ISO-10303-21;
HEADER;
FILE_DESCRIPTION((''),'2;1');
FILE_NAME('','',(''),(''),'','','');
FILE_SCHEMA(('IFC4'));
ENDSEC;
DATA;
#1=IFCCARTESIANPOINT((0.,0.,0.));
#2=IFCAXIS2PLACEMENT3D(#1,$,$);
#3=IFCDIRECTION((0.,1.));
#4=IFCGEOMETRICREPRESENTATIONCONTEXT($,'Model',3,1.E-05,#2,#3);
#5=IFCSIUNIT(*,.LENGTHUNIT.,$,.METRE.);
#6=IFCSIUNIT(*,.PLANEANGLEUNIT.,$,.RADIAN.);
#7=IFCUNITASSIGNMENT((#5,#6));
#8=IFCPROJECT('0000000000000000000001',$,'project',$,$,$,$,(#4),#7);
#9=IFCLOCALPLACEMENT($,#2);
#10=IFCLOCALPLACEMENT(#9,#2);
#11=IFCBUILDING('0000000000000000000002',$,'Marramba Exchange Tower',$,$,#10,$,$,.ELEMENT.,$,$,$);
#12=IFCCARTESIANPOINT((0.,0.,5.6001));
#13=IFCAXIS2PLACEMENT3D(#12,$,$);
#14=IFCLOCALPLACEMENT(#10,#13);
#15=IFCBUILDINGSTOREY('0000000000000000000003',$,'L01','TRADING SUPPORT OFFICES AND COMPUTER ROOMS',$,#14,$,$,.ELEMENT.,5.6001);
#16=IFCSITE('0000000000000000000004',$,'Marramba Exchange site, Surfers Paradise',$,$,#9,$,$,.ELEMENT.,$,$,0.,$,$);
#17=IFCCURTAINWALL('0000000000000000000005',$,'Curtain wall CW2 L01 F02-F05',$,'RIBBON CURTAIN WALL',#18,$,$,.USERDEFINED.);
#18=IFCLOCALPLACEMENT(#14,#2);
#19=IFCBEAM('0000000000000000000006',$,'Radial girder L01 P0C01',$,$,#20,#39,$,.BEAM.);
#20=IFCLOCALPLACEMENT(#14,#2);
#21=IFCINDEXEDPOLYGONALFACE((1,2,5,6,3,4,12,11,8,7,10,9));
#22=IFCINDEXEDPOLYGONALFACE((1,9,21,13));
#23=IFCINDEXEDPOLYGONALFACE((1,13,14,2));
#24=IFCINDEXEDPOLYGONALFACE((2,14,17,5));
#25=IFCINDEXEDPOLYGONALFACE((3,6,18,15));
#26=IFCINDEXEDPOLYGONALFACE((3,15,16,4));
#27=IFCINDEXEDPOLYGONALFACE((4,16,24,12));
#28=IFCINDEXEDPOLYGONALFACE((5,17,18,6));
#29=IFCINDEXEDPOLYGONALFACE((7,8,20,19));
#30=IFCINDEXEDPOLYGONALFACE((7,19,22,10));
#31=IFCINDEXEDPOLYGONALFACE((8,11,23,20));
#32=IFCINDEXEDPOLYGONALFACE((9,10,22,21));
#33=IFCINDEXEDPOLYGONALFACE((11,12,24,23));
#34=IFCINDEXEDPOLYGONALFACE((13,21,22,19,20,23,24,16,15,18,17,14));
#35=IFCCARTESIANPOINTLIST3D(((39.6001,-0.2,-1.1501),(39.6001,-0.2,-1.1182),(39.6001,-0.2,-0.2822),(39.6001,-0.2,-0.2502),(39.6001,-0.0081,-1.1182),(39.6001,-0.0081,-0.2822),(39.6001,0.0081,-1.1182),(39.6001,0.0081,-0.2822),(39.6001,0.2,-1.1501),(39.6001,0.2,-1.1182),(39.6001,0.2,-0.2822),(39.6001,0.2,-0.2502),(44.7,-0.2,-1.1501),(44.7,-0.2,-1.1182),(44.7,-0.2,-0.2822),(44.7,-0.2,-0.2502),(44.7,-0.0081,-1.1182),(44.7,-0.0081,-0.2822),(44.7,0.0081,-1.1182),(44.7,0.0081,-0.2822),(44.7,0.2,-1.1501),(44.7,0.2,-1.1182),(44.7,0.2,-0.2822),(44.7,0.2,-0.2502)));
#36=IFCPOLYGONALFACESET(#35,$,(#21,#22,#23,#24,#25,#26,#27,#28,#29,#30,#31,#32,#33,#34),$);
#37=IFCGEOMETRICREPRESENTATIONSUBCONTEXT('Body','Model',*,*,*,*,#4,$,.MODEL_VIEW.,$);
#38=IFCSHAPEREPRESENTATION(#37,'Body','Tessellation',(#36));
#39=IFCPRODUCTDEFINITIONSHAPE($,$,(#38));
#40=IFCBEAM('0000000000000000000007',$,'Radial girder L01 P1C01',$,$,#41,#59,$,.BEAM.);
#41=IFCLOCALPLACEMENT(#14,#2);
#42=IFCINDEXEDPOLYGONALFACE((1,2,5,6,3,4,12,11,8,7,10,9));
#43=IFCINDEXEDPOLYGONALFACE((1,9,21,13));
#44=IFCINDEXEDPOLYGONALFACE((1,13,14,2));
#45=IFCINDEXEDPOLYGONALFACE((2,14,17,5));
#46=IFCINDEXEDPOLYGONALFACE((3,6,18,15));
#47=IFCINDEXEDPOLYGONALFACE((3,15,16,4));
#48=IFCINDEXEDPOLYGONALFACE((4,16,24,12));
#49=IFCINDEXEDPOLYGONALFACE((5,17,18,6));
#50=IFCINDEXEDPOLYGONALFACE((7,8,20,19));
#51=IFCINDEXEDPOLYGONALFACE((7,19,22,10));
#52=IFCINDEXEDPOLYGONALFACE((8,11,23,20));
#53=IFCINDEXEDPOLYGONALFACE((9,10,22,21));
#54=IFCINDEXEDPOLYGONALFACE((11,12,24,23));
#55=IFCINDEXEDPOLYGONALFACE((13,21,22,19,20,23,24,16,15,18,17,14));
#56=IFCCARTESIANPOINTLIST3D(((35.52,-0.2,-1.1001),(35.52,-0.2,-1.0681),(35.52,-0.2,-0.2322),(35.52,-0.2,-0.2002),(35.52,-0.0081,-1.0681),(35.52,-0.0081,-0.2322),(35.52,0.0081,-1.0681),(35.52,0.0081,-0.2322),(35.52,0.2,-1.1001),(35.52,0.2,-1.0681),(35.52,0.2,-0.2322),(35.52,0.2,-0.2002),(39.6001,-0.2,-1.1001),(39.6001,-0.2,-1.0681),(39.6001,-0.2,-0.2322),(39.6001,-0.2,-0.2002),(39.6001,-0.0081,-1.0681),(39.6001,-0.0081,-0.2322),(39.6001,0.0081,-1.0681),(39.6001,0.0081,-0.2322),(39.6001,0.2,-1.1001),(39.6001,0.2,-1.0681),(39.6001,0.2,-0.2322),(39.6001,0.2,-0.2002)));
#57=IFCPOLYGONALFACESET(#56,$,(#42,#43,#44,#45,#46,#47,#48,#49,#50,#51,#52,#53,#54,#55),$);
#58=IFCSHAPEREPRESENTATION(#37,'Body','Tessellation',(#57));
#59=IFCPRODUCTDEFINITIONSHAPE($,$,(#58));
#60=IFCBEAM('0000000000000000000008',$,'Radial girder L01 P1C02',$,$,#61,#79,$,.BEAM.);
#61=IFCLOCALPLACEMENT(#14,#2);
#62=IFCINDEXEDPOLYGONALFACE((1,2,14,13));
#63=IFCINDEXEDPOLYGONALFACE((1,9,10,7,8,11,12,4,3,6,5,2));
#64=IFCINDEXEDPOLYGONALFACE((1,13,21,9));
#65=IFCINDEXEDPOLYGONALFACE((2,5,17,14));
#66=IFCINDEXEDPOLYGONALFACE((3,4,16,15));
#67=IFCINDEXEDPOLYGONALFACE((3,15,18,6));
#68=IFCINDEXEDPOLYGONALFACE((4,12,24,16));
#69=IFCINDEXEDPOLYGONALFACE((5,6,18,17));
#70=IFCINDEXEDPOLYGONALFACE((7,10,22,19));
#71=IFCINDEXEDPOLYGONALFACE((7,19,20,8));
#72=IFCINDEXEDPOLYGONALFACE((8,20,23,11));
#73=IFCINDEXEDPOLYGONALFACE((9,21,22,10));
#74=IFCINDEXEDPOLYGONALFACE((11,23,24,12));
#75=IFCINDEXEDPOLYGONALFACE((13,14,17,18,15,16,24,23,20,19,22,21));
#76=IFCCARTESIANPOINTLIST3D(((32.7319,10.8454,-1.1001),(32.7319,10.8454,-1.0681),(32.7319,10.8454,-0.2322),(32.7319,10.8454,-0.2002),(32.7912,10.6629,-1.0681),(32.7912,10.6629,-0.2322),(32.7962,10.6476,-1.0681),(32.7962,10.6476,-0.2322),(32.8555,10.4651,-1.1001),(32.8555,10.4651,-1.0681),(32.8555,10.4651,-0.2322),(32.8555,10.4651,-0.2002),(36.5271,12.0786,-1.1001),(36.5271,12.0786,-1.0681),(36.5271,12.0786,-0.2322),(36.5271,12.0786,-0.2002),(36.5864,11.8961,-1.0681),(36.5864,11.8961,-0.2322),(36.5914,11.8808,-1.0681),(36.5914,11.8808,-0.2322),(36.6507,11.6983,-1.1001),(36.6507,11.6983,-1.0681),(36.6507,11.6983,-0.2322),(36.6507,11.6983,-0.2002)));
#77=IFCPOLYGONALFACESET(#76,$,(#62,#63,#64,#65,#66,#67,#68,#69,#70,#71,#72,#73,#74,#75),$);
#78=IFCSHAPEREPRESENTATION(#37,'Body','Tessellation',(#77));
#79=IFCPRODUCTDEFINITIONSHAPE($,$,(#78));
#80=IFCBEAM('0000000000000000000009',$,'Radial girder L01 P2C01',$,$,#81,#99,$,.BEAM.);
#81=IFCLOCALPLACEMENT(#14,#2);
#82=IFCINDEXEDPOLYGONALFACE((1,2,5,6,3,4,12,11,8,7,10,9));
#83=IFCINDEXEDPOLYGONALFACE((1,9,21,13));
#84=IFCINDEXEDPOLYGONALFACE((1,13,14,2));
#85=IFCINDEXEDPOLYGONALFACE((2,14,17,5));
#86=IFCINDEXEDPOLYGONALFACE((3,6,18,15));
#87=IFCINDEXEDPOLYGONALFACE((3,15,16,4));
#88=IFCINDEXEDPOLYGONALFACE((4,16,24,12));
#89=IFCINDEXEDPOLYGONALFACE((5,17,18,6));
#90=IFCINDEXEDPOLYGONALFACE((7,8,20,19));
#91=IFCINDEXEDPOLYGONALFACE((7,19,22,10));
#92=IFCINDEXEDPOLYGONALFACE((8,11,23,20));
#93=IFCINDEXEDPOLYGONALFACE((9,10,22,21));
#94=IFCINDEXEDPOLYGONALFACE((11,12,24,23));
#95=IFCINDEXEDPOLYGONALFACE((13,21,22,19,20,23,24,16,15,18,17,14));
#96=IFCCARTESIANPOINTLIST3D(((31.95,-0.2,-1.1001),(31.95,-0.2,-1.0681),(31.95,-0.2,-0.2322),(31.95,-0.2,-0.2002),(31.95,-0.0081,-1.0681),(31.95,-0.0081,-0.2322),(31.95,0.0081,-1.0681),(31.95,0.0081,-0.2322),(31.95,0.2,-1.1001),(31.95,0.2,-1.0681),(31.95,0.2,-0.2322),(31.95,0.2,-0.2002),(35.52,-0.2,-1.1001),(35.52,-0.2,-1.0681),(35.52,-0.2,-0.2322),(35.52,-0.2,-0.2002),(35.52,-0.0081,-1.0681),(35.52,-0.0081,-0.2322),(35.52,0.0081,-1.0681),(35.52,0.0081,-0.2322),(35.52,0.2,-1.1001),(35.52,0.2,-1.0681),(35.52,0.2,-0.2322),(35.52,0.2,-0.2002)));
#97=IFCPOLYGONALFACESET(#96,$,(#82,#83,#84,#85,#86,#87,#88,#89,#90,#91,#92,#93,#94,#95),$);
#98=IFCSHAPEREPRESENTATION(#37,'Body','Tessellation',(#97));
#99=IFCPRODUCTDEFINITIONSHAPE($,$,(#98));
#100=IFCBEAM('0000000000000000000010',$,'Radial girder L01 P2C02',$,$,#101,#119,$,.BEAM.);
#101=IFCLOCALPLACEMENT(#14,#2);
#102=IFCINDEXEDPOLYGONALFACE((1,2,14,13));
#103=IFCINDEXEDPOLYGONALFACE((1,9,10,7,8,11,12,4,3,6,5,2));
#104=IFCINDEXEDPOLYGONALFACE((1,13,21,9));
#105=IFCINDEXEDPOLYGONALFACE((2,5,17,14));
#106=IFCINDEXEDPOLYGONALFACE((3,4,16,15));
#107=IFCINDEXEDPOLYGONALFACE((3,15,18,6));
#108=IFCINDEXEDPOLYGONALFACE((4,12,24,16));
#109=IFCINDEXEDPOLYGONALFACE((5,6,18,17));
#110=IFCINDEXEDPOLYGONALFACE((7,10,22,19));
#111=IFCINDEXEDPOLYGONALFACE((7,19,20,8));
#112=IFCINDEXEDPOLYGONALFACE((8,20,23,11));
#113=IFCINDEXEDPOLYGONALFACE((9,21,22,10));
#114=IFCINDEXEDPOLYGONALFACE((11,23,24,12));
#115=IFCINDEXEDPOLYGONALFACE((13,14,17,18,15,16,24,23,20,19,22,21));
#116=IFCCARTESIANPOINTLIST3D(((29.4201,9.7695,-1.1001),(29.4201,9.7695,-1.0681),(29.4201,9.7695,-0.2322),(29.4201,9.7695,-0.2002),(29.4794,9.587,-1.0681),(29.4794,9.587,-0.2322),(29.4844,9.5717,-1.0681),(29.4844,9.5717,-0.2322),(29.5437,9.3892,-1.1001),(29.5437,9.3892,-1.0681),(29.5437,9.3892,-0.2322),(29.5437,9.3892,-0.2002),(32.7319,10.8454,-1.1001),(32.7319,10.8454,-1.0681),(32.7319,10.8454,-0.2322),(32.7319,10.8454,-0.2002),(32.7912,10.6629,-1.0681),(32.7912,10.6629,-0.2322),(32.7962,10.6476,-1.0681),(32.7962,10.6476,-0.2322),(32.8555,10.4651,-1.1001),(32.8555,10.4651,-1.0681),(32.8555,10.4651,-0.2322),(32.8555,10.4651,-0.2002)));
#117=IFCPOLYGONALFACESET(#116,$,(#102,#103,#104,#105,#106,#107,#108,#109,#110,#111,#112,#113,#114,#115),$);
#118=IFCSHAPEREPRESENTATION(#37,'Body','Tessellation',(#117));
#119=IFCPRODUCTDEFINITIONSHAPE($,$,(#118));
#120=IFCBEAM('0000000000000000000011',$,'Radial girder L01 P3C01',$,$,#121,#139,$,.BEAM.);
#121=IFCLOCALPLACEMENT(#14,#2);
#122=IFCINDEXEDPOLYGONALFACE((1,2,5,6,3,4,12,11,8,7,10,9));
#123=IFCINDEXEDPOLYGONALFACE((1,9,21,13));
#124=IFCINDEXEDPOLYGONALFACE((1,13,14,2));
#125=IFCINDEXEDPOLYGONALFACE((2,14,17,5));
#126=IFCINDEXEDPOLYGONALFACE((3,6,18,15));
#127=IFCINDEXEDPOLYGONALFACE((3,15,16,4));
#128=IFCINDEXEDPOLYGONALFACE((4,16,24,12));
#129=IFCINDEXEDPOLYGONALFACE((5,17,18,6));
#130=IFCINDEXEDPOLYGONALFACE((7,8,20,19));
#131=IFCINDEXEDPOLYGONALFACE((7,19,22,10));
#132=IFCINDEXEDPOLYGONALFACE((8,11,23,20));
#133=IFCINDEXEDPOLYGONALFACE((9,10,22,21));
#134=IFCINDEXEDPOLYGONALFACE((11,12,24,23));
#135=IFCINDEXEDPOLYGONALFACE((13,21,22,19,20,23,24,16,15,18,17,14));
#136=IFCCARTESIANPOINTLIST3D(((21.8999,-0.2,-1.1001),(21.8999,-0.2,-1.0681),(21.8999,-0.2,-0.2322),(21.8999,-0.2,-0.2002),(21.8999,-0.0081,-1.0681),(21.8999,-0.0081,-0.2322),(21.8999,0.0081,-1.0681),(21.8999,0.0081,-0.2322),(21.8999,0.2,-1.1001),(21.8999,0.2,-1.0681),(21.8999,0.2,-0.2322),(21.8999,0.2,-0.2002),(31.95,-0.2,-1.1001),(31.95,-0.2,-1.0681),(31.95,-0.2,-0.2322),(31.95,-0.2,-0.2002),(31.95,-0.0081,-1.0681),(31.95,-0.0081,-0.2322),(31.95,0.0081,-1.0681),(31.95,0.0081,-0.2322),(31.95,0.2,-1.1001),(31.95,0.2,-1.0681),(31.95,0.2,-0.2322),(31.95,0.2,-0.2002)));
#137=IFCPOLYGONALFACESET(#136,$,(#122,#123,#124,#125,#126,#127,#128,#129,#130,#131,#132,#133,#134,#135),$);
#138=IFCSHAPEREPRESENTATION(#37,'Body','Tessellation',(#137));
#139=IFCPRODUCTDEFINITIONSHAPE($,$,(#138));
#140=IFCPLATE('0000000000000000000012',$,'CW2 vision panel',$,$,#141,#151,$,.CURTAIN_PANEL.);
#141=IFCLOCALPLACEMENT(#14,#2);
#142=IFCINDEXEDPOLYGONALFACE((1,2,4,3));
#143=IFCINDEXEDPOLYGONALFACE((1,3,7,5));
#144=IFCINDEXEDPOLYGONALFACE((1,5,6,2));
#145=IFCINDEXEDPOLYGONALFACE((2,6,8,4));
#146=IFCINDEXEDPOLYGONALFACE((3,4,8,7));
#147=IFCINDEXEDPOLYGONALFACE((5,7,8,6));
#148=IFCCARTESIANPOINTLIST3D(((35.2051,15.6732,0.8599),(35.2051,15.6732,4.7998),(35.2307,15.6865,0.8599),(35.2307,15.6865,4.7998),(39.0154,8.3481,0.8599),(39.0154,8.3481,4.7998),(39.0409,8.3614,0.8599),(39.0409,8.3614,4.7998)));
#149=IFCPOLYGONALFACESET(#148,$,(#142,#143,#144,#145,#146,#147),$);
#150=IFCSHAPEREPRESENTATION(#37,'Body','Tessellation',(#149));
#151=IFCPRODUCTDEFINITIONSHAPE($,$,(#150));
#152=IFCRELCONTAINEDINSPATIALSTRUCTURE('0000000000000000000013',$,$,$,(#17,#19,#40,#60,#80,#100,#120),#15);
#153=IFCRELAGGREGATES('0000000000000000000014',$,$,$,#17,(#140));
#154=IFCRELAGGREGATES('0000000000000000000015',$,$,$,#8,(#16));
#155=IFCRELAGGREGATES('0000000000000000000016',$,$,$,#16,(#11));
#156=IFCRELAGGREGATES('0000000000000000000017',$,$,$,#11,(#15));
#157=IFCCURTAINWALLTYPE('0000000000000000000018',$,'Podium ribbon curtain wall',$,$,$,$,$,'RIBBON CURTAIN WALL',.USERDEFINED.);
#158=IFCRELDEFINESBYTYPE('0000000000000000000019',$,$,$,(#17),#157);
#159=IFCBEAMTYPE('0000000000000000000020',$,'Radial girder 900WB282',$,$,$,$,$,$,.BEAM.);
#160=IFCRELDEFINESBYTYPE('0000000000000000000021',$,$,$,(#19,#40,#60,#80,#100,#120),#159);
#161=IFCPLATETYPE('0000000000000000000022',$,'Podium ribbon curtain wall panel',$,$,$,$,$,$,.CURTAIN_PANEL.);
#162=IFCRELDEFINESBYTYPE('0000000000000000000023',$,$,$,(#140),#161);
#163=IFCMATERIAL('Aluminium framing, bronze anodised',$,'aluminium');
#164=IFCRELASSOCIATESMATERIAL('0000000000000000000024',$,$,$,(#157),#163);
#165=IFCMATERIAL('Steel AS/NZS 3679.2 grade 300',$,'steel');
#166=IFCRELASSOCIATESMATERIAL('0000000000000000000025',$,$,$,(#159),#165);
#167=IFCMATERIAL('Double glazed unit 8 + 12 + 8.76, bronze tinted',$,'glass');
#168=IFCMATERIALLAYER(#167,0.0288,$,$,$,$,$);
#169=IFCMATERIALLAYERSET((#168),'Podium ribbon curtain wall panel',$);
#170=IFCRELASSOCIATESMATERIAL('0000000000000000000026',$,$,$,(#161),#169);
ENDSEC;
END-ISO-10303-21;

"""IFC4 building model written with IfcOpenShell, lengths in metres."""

from ifc_helpers import new_model, si_unit, direction, frame, origin, origin_2d, place, context, subcontext, project, spatial, rectangle, i_section, extrude, material, layer, layer_set, material_profile, profile_set, type_object, element, aggregate, save


model = new_model("IFC4")

# Units and contexts
model_context = context("Model", 3, precision=1e-05, world=origin(), true_north=direction((0.0, 1.0)))
body_context = subcontext(model_context, "Body", "Model", "MODEL_VIEW")
ifc_project = project(units=[si_unit("LENGTHUNIT", "METRE"), si_unit("PLANEANGLEUNIT", "RADIAN")], contexts=[model_context])

# Site, building, storey
site_placement = place(None, origin())
site = spatial("IfcSite", under=ifc_project, at=site_placement, Name="Marramba Exchange site, Surfers Paradise", CompositionType="ELEMENT", RefElevation=0.0)
building_placement = place(site_placement, origin())
building = spatial("IfcBuilding", under=site, at=building_placement, Name="Marramba Exchange Tower", CompositionType="ELEMENT")
storey_placement = place(building_placement, frame((0.0, 0.0, 5.6001)))
storey = spatial("IfcBuildingStorey", under=building, at=storey_placement, Name="L01", Description="TRADING SUPPORT OFFICES AND COMPUTER ROOMS", CompositionType="ELEMENT", Elevation=5.6001)

# Curtain wall
ifc_material_1 = material(Name="Aluminium framing, bronze anodised", Category="aluminium")
curtain_wall_type = type_object("IfcCurtainWallType", Name="Podium ribbon curtain wall", ElementType="RIBBON CURTAIN WALL", PredefinedType="USERDEFINED", material=ifc_material_1)
curtain_wall_placement = place(storey_placement, origin())
curtain_wall = element("IfcCurtainWall", 1, at=curtain_wall_placement, inside=storey, type_object=curtain_wall_type, Name="Curtain wall CW2 L01 F02-F05", ObjectType="RIBBON CURTAIN WALL", PredefinedType="USERDEFINED")

# Beams
ifc_material_2 = material(Name="Steel AS/NZS 3679.2 grade 300", Category="steel")
ifc_material_profile_1 = material_profile(ifc_material_2, i_section(OverallWidth=0.3999, OverallDepth=0.8999, WebThickness=0.0161, FlangeThickness=0.032, at=origin_2d()), Name="900WB282")
ifc_profile_set_1 = profile_set([ifc_material_profile_1], Name="Steel AS/NZS 3679.2 grade 300")
beam_type_1 = type_object("IfcBeamType", Name="Radial girder 900WB282", PredefinedType="BEAM", material=ifc_profile_set_1)
beam_1_placement = place(storey_placement, frame((44.7, 0.0, -0.7002), z_axis=(-1.0, 0.0, 0.0), x_axis=(0.0, -1.0, 0.0)))
element("IfcBeam", 2, at=beam_1_placement, inside=storey, type_object=beam_type_1, Name="Radial girder L01 P0C01", PredefinedType="BEAM", context=body_context, shape_type="SweptSolid", body=[
    extrude(i_section(OverallWidth=0.3999, OverallDepth=0.8999, WebThickness=0.0161, FlangeThickness=0.032, at=origin_2d()), origin(), (0.0, 0.0, 1.0), 5.0999),
])
beam_2_placement = place(storey_placement, frame((39.6001, 0.0, -0.6501), z_axis=(-1.0, 0.0, 0.0), x_axis=(0.0, -1.0, 0.0)))
element("IfcBeam", 3, at=beam_2_placement, inside=storey, type_object=beam_type_1, Name="Radial girder L01 P1C01", PredefinedType="BEAM", context=body_context, shape_type="SweptSolid", body=[
    extrude(i_section(OverallWidth=0.3999, OverallDepth=0.8999, WebThickness=0.0161, FlangeThickness=0.032, at=origin_2d()), origin(), (0.0, 0.0, 1.0), 4.0801),
])
beam_3_placement = place(storey_placement, frame((36.5889, 11.8884, -0.6501), z_axis=(-0.951054, -0.309024, 0.0), x_axis=(0.309024, -0.951054, 0.0)))
element("IfcBeam", 4, at=beam_3_placement, inside=storey, type_object=beam_type_1, Name="Radial girder L01 P1C02", PredefinedType="BEAM", context=body_context, shape_type="SweptSolid", body=[
    extrude(i_section(OverallWidth=0.3999, OverallDepth=0.8999, WebThickness=0.0161, FlangeThickness=0.032, at=origin_2d()), origin(), (0.0, 0.0, 1.0), 3.9905),
])
beam_4_placement = place(storey_placement, frame((35.52, 0.0, -0.6501), z_axis=(-1.0, 0.0, 0.0), x_axis=(0.0, -1.0, 0.0)))
element("IfcBeam", 5, at=beam_4_placement, inside=storey, type_object=beam_type_1, Name="Radial girder L01 P2C01", PredefinedType="BEAM", context=body_context, shape_type="SweptSolid", body=[
    extrude(i_section(OverallWidth=0.3999, OverallDepth=0.8999, WebThickness=0.0161, FlangeThickness=0.032, at=origin_2d()), origin(), (0.0, 0.0, 1.0), 3.5701),
])
beam_5_placement = place(storey_placement, frame((32.7937, 10.6553, -0.6501), z_axis=(-0.951068, -0.308983, 0.0), x_axis=(0.308983, -0.951068, 0.0)))
element("IfcBeam", 6, at=beam_5_placement, inside=storey, type_object=beam_type_1, Name="Radial girder L01 P2C02", PredefinedType="BEAM", context=body_context, shape_type="SweptSolid", body=[
    extrude(i_section(OverallWidth=0.3999, OverallDepth=0.8999, WebThickness=0.0161, FlangeThickness=0.032, at=origin_2d()), origin(), (0.0, 0.0, 1.0), 3.4822),
])
beam_6_placement = place(storey_placement, frame((31.95, 0.0, -0.6501), z_axis=(-1.0, 0.0, 0.0), x_axis=(0.0, -1.0, 0.0)))
element("IfcBeam", 7, at=beam_6_placement, inside=storey, type_object=beam_type_1, Name="Radial girder L01 P3C01", PredefinedType="BEAM", context=body_context, shape_type="SweptSolid", body=[
    extrude(i_section(OverallWidth=0.3999, OverallDepth=0.8999, WebThickness=0.0161, FlangeThickness=0.032, at=origin_2d()), origin(), (0.0, 0.0, 1.0), 10.05),
])

# Plate
ifc_material_3 = material(Name="Double glazed unit 8 + 12 + 8.76, bronze tinted", Category="glass")
ifc_layer_1 = layer(ifc_material_3, 0.0288)
ifc_layer_set_1 = layer_set([ifc_layer_1], Name="Podium ribbon curtain wall panel")
plate_type = type_object("IfcPlateType", Name="Podium ribbon curtain wall panel", PredefinedType="CURTAIN_PANEL", material=ifc_layer_set_1)
plate_placement = place(storey_placement, frame((37.123, 12.0173, 0.8599), z_axis=(0.0, 0.0, 1.0), x_axis=(-0.461464, 0.887159, 0.0)))
plate = element("IfcPlate", 8, at=plate_placement, type_object=plate_type, Name="CW2 vision panel", PredefinedType="CURTAIN_PANEL", context=body_context, shape_type="SweptSolid", body=[
    extrude(rectangle(XDim=8.2568, YDim=0.0288, at=origin_2d()), origin(), (0.0, 0.0, 1.0), 3.9399),
])
aggregate(curtain_wall, [plate])

save(model, "model.ifc")
